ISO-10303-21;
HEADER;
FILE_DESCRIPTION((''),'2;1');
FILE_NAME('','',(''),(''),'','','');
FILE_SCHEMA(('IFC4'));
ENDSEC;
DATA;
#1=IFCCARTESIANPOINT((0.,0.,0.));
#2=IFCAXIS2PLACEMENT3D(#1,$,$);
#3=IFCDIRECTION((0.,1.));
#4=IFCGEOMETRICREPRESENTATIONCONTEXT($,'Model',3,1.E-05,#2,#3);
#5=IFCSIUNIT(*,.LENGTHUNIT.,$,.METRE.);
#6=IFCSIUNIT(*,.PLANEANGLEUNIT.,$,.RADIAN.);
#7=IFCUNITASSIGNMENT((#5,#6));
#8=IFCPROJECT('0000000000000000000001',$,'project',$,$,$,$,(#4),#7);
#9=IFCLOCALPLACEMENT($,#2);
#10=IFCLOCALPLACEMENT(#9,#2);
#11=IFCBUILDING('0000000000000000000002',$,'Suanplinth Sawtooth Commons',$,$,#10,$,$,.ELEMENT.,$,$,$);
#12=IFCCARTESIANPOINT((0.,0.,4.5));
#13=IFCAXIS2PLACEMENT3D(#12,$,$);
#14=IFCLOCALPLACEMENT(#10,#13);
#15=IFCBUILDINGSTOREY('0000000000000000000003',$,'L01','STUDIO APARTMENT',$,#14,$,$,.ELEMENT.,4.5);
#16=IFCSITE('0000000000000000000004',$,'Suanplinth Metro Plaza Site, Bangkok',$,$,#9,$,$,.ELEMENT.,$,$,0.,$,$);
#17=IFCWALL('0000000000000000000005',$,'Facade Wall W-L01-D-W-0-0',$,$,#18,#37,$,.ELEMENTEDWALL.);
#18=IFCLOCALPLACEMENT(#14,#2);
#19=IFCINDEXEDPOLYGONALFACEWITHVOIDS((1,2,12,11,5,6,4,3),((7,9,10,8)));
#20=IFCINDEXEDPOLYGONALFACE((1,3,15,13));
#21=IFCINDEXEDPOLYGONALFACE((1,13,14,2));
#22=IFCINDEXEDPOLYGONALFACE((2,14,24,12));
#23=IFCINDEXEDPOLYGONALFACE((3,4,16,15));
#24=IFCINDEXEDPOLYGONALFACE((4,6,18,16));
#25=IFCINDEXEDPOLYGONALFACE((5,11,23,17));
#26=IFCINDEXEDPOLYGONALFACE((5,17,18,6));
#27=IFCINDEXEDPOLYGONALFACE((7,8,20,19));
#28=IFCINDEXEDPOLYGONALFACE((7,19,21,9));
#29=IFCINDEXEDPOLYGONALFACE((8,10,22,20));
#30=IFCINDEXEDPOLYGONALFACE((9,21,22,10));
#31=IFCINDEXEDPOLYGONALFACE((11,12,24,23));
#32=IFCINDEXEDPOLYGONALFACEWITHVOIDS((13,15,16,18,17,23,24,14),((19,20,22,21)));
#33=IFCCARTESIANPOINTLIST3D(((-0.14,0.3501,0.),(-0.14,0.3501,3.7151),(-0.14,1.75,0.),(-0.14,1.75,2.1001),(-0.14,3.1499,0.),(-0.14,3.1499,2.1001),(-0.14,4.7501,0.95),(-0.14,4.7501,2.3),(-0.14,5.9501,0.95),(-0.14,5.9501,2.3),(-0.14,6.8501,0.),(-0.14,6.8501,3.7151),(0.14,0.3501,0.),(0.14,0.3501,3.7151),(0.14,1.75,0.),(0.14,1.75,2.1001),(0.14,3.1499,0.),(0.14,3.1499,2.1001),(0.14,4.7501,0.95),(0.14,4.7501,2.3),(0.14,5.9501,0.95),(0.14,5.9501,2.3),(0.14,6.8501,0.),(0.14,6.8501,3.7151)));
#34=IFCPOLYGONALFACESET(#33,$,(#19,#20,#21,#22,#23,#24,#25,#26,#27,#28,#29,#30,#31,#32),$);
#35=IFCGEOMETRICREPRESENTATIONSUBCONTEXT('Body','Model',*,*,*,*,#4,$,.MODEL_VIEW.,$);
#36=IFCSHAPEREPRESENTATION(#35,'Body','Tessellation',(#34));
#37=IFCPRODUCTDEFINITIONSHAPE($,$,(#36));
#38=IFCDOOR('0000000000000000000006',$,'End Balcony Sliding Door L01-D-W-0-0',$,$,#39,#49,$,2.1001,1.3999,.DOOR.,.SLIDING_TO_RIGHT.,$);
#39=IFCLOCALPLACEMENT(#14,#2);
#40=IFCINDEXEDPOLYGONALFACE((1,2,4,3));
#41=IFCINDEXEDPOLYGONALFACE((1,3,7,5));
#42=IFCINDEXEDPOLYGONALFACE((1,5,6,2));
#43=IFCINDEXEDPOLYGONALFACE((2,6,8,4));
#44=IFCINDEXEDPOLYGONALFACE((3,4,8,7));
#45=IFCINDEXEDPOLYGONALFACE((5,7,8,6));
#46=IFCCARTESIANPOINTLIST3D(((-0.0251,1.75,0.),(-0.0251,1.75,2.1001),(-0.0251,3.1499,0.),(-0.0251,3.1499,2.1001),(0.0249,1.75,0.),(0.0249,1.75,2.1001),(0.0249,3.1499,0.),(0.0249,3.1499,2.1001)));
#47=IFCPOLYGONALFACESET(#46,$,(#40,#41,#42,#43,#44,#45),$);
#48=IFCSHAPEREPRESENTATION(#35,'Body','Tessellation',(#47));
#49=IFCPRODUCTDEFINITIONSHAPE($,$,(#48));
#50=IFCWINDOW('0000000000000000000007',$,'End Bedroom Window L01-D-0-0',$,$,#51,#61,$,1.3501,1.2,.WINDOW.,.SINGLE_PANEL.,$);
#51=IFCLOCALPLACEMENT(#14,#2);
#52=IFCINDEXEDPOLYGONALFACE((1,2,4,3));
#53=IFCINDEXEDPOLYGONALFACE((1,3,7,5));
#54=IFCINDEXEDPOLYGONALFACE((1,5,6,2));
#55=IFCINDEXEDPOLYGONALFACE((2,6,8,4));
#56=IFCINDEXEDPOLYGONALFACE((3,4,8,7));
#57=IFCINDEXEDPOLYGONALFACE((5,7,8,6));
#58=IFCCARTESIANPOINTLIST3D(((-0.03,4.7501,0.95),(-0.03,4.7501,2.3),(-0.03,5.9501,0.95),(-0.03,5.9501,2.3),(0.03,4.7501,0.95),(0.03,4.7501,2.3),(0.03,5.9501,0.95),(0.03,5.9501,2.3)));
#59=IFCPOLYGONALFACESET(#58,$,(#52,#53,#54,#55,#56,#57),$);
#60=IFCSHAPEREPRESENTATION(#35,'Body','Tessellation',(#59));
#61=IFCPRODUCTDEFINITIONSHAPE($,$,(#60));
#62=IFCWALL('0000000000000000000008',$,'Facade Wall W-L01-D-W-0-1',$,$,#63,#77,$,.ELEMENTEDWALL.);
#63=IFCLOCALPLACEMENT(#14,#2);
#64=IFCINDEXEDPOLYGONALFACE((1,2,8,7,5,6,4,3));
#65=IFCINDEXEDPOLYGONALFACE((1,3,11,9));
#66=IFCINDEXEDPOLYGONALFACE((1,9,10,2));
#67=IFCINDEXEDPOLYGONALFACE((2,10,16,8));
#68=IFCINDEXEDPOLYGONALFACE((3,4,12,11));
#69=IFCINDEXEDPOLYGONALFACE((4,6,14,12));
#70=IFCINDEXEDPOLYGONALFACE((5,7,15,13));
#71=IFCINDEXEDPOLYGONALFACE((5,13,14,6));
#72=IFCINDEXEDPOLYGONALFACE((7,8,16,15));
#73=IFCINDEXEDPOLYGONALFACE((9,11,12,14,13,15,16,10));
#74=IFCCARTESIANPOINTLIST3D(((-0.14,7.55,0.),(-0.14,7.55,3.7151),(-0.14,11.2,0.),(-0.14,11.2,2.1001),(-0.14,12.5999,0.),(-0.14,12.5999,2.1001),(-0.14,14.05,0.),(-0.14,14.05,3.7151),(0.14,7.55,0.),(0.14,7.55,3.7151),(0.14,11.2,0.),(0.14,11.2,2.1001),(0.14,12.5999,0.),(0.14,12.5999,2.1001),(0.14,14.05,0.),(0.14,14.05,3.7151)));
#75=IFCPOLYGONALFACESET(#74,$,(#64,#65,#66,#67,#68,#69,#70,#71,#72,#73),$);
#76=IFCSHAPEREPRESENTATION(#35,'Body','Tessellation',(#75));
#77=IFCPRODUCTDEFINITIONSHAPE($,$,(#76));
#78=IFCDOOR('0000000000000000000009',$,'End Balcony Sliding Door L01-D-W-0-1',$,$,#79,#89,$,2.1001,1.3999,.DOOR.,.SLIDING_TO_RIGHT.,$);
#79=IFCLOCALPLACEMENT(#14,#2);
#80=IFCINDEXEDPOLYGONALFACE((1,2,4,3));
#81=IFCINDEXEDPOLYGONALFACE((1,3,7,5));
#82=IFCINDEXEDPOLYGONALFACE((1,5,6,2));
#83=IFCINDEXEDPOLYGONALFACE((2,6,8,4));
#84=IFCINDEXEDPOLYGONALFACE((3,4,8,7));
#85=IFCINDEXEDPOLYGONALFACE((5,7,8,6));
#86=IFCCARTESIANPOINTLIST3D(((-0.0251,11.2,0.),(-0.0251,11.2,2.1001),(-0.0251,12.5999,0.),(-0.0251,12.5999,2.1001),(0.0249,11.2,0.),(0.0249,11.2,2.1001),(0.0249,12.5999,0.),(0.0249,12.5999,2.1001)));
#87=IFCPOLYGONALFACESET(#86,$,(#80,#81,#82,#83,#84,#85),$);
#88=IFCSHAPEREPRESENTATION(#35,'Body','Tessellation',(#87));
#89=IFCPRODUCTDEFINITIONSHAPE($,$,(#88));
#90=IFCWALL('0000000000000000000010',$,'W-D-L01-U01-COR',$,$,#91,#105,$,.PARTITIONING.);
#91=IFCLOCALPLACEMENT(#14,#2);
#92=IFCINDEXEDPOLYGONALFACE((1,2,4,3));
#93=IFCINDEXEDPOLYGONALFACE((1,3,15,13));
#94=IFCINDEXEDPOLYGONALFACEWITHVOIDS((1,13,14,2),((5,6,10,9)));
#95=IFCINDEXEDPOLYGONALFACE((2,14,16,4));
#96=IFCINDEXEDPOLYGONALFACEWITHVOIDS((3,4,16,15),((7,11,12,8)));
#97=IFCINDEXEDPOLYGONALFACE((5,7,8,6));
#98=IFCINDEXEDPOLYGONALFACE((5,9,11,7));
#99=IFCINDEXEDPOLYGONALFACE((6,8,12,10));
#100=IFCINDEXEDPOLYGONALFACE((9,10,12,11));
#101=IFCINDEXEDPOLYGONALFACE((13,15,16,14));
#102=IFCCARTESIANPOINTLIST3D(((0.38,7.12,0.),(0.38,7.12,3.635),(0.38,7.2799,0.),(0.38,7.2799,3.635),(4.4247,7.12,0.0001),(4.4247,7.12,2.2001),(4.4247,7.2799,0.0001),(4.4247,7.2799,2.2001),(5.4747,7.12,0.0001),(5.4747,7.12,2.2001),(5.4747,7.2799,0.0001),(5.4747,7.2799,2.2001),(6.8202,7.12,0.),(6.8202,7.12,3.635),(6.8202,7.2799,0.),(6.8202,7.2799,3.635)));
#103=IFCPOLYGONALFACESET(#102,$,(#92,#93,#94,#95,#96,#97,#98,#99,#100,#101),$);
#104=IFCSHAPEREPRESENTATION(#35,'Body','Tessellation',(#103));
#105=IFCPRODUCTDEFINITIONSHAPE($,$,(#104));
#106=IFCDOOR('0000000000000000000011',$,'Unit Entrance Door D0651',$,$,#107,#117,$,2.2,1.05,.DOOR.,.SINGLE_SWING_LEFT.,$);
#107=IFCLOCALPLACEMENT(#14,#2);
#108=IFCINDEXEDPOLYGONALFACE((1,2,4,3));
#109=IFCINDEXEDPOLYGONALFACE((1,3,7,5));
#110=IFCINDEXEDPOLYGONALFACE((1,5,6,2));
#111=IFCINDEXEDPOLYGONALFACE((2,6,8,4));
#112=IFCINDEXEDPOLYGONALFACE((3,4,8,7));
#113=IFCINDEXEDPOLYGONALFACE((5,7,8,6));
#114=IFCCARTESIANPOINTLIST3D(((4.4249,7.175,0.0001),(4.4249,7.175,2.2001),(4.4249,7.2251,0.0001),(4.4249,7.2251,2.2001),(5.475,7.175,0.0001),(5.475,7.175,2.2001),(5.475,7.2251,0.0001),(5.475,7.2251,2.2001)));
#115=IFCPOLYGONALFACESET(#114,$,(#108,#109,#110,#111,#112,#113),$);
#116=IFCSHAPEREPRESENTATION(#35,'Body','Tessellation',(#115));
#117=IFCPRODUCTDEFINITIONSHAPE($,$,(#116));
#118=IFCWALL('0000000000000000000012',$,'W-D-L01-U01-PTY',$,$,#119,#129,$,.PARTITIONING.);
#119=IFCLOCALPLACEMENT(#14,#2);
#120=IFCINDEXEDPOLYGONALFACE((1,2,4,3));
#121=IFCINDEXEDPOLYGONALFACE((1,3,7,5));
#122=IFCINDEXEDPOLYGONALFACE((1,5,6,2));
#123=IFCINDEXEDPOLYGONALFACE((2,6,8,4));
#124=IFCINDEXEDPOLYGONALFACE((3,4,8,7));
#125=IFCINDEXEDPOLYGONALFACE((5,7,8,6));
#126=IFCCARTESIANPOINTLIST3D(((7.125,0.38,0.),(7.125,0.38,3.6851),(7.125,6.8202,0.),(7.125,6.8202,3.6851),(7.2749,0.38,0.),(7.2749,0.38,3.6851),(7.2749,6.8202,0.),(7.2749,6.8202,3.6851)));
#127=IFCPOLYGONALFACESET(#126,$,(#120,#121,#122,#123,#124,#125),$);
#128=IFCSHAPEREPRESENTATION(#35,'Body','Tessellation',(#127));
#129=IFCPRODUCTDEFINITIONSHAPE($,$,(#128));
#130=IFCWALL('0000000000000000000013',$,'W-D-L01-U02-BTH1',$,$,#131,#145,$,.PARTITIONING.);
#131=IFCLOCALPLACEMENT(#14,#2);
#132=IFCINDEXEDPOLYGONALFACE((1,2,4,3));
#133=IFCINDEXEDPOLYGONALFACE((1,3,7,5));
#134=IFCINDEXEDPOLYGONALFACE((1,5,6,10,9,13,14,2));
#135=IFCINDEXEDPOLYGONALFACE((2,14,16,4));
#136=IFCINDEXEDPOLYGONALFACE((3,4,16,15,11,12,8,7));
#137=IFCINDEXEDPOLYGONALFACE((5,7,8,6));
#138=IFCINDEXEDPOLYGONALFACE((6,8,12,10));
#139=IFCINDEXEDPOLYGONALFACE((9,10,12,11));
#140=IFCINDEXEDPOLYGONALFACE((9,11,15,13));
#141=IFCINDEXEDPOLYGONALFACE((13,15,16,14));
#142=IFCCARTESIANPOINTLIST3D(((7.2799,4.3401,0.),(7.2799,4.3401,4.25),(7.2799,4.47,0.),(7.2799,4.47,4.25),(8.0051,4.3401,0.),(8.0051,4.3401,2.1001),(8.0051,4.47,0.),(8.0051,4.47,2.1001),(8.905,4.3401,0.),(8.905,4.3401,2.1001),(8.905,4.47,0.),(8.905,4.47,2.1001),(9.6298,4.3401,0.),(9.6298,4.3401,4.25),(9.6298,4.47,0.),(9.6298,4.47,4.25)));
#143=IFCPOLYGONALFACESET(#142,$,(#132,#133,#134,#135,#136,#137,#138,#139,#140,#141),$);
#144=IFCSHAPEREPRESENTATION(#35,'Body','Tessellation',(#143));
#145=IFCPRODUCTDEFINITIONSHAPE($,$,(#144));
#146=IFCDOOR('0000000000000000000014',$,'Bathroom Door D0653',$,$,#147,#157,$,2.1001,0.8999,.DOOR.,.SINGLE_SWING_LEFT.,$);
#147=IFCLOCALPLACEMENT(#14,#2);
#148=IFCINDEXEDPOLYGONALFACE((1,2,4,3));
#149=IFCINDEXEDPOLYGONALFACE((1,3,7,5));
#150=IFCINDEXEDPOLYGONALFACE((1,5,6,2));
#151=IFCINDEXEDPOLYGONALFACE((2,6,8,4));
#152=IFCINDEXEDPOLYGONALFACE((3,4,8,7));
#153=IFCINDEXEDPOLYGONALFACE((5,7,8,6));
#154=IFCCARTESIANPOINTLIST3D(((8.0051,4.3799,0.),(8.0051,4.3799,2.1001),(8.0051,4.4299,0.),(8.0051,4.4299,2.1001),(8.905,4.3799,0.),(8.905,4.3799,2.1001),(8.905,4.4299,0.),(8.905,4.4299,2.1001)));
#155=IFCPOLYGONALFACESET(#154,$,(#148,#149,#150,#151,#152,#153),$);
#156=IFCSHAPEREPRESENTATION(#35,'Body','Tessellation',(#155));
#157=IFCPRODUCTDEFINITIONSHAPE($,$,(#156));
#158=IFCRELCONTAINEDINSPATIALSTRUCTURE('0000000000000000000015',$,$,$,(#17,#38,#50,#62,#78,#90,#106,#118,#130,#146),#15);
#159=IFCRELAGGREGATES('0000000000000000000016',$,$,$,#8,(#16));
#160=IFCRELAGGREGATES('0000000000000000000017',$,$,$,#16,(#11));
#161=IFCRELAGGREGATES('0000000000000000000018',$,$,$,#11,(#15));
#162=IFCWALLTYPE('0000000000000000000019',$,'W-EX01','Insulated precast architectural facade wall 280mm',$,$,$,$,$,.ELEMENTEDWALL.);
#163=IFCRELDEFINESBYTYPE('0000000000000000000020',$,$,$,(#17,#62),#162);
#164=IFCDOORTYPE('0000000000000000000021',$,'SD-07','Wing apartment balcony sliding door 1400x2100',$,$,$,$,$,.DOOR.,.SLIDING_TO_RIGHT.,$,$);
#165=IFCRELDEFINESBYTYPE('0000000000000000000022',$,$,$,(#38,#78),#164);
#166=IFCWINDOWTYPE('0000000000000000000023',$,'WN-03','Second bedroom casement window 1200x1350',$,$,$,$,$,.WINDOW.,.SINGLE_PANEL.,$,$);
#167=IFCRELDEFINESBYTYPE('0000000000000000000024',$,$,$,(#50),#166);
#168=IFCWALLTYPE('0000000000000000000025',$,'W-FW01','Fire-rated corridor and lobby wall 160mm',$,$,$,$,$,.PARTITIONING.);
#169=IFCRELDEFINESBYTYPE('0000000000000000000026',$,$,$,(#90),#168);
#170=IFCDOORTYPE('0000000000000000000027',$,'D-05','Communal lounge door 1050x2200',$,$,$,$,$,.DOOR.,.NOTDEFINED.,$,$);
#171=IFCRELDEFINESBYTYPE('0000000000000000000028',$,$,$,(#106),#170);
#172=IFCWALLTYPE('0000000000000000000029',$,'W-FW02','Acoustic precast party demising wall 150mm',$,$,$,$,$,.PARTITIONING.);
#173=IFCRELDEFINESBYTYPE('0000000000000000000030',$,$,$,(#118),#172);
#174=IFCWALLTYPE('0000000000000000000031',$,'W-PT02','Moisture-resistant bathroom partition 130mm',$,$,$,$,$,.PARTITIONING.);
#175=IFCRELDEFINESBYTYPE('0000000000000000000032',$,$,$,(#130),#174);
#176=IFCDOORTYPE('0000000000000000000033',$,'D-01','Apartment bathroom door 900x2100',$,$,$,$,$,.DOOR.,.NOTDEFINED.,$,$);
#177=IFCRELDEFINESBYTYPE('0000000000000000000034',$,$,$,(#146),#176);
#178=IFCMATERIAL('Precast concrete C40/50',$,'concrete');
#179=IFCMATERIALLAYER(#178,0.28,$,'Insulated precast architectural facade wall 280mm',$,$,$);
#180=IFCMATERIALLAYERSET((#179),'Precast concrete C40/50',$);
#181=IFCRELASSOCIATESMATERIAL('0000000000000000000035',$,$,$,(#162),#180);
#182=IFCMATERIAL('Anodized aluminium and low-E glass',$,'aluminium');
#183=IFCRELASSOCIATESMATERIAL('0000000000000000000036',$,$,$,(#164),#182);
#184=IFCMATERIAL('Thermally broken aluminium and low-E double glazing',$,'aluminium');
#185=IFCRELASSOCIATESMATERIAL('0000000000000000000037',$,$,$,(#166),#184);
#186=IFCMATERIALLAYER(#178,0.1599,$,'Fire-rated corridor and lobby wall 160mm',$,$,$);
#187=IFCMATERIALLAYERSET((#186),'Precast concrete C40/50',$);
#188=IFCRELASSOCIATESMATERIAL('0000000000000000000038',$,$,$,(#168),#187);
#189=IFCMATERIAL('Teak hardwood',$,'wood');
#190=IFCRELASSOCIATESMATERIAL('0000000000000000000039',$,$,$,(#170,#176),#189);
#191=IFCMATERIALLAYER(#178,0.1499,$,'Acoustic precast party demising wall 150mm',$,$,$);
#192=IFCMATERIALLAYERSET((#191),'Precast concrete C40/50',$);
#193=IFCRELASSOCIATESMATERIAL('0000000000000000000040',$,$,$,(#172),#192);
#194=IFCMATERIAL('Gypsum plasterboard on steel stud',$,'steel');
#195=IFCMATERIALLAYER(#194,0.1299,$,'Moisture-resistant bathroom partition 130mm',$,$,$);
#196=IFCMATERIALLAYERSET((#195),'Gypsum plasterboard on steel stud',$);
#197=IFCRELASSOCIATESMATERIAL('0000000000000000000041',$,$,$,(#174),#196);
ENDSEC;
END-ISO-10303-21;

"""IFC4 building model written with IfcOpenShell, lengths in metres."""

from ifc_helpers import new_model, si_unit, direction, frame, frame_2d, origin, place, context, subcontext, project, spatial, rectangle, extrude, material, layer, layer_set, type_object, element, fill, save


model = new_model("IFC4")

# Units and contexts
model_context = context("Model", 3, precision=1e-05, world=origin(), true_north=direction((0.0, 1.0)))
body_context = subcontext(model_context, "Body", "Model", "MODEL_VIEW")
ifc_project = project(units=[si_unit("LENGTHUNIT", "METRE"), si_unit("PLANEANGLEUNIT", "RADIAN")], contexts=[model_context])

# Site, building, storey
site_placement = place(None, origin())
site = spatial("IfcSite", under=ifc_project, at=site_placement, Name="Suanplinth Metro Plaza Site, Bangkok", CompositionType="ELEMENT", RefElevation=0.0)
building_placement = place(site_placement, origin())
building = spatial("IfcBuilding", under=site, at=building_placement, Name="Suanplinth Sawtooth Commons", CompositionType="ELEMENT")
storey_placement = place(building_placement, frame((0.0, 0.0, 4.5)))
storey = spatial("IfcBuildingStorey", under=building, at=storey_placement, Name="L01", Description="STUDIO APARTMENT", CompositionType="ELEMENT", Elevation=4.5)

# Shared definitions
ifc_material_1 = material(Name="Precast concrete C40/50", Category="concrete")

# Wall, openings, door, window
ifc_layer_1 = layer(ifc_material_1, 0.28, Name="Insulated precast architectural facade wall 280mm")
ifc_layer_set_1 = layer_set([ifc_layer_1], Name="Precast concrete C40/50")
wall_type_1 = type_object("IfcWallType", Name="W-EX01", Description="Insulated precast architectural facade wall 280mm", PredefinedType="ELEMENTEDWALL", material=ifc_layer_set_1)
ifc_material_2 = material(Name="Anodized aluminium and low-E glass", Category="aluminium")
ifc_material_3 = material(Name="Thermally broken aluminium and low-E double glazing", Category="aluminium")
wall_1_placement = place(storey_placement, frame((0.0, 0.3501, 0.0), z_axis=(0.0, 0.0, 1.0), x_axis=(0.0, 1.0, 0.0)))
wall_1 = element("IfcWall", 1, at=wall_1_placement, inside=storey, type_object=wall_type_1, Name="Facade Wall W-L01-D-W-0-0", PredefinedType="ELEMENTEDWALL", context=body_context, shape_type="SweptSolid", body=[
    extrude(rectangle(XDim=6.5, YDim=0.28, at=frame_2d((3.25, 0.0))), origin(), (0.0, 0.0, 1.0), 3.7151),
])
opening_1_placement = place(wall_1_placement, frame((1.3999, 0.0, 0.0)))
opening_1 = element("IfcOpeningElement", 2, at=opening_1_placement, cuts=wall_1, PredefinedType="OPENING", context=body_context, shape_type="SweptSolid", body=[
    extrude(rectangle(XDim=1.3999, YDim=2.1001, at=frame_2d((0.7, 1.05))), frame((0.0, 0.1548, 0.0), z_axis=(0.0, -1.0, 0.0), x_axis=(1.0, 0.0, 0.0)), (0.0, 0.0, 1.0), 0.3098),
])
opening_2_placement = place(wall_1_placement, frame((4.3999, 0.0, 0.95)))
opening_2 = element("IfcOpeningElement", 3, at=opening_2_placement, cuts=wall_1, PredefinedType="OPENING", context=body_context, shape_type="SweptSolid", body=[
    extrude(rectangle(XDim=1.2, YDim=1.3501, at=frame_2d((0.6001, 0.675))), frame((0.0, 0.1548, 0.0), z_axis=(0.0, -1.0, 0.0), x_axis=(1.0, 0.0, 0.0)), (0.0, 0.0, 1.0), 0.3098),
])
door_type_1 = type_object("IfcDoorType", Name="SD-07", Description="Wing apartment balcony sliding door 1400x2100", OperationType="SLIDING_TO_RIGHT", PredefinedType="DOOR", material=ifc_material_2)
door_1_placement = place(opening_1_placement, frame((1.3999, 0.0, 0.0), z_axis=(0.0, 0.0, 1.0), x_axis=(-1.0, 0.0, 0.0)))
door_1 = element("IfcDoor", 4, at=door_1_placement, inside=storey, type_object=door_type_1, Name="End Balcony Sliding Door L01-D-W-0-0", OperationType="SLIDING_TO_RIGHT", OverallHeight=2.1001, OverallWidth=1.3999, PredefinedType="DOOR", context=body_context, shape_type="SweptSolid", body=[
    extrude(rectangle(XDim=1.3999, YDim=2.1001, at=frame_2d((0.7, 1.05))), frame((0.0, 0.0249, 0.0), z_axis=(0.0, -1.0, 0.0), x_axis=(1.0, 0.0, 0.0)), (0.0, 0.0, 1.0), 0.05),
])
fill(opening_1, door_1)
window_type_1 = type_object("IfcWindowType", Name="WN-03", Description="Second bedroom casement window 1200x1350", PartitioningType="SINGLE_PANEL", PredefinedType="WINDOW", material=ifc_material_3)
window_1_placement = place(opening_2_placement, origin())
window_1 = element("IfcWindow", 5, at=window_1_placement, inside=storey, type_object=window_type_1, Name="End Bedroom Window L01-D-0-0", OverallHeight=1.3501, OverallWidth=1.2, PartitioningType="SINGLE_PANEL", PredefinedType="WINDOW", context=body_context, shape_type="SweptSolid", body=[
    extrude(rectangle(XDim=1.2, YDim=1.3501, at=frame_2d((0.6001, 0.675))), frame((0.0, 0.03, 0.0), z_axis=(0.0, -1.0, 0.0), x_axis=(1.0, 0.0, 0.0)), (0.0, 0.0, 1.0), 0.0601),
])
fill(opening_2, window_1)

# Wall, opening, door
wall_2_placement = place(storey_placement, frame((0.0, 7.55, 0.0), z_axis=(0.0, 0.0, 1.0), x_axis=(0.0, 1.0, 0.0)))
wall_2 = element("IfcWall", 6, at=wall_2_placement, inside=storey, type_object=wall_type_1, Name="Facade Wall W-L01-D-W-0-1", PredefinedType="ELEMENTEDWALL", context=body_context, shape_type="SweptSolid", body=[
    extrude(rectangle(XDim=6.5, YDim=0.28, at=frame_2d((3.25, 0.0))), origin(), (0.0, 0.0, 1.0), 3.7151),
])
opening_3_placement = place(wall_2_placement, frame((3.6499, 0.0, 0.0)))
opening_3 = element("IfcOpeningElement", 7, at=opening_3_placement, cuts=wall_2, PredefinedType="OPENING", context=body_context, shape_type="SweptSolid", body=[
    extrude(rectangle(XDim=1.3999, YDim=2.1001, at=frame_2d((0.7, 1.05))), frame((0.0, 0.1548, 0.0), z_axis=(0.0, -1.0, 0.0), x_axis=(1.0, 0.0, 0.0)), (0.0, 0.0, 1.0), 0.3098),
])
door_2_placement = place(opening_3_placement, frame((1.3999, 0.0, 0.0), z_axis=(0.0, 0.0, 1.0), x_axis=(-1.0, 0.0, 0.0)))
door_2 = element("IfcDoor", 8, at=door_2_placement, inside=storey, type_object=door_type_1, Name="End Balcony Sliding Door L01-D-W-0-1", OperationType="SLIDING_TO_RIGHT", OverallHeight=2.1001, OverallWidth=1.3999, PredefinedType="DOOR", context=body_context, shape_type="SweptSolid", body=[
    extrude(rectangle(XDim=1.3999, YDim=2.1001, at=frame_2d((0.7, 1.05))), frame((0.0, 0.0249, 0.0), z_axis=(0.0, -1.0, 0.0), x_axis=(1.0, 0.0, 0.0)), (0.0, 0.0, 1.0), 0.05),
])
fill(opening_3, door_2)

# Wall, opening, door
ifc_layer_2 = layer(ifc_material_1, 0.1599, Name="Fire-rated corridor and lobby wall 160mm")
ifc_layer_set_2 = layer_set([ifc_layer_2], Name="Precast concrete C40/50")
wall_type_2 = type_object("IfcWallType", Name="W-FW01", Description="Fire-rated corridor and lobby wall 160mm", PredefinedType="PARTITIONING", material=ifc_layer_set_2)
wall_3_placement = place(storey_placement, frame((0.3799, 7.2, 0.0), z_axis=(0.0, 0.0, 1.0), x_axis=(1.0, 0.0, 0.0)))
wall_3 = element("IfcWall", 9, at=wall_3_placement, inside=storey, type_object=wall_type_2, Name="W-D-L01-U01-COR", PredefinedType="PARTITIONING", context=body_context, shape_type="SweptSolid", body=[
    extrude(rectangle(XDim=6.4402, YDim=0.1599, at=frame_2d((3.2202, 0.0))), origin(), (0.0, 0.0, 1.0), 3.635),
])
opening_4_placement = place(wall_3_placement, frame((4.0449, 0.0, 0.0)))
opening_4 = element("IfcOpeningElement", 10, at=opening_4_placement, cuts=wall_3, PredefinedType="OPENING", context=body_context, shape_type="SweptSolid", body=[
    extrude(rectangle(XDim=1.05, YDim=2.2, at=frame_2d((0.5249, 1.1001))), frame((0.0, 0.0947, 0.0), z_axis=(0.0, -1.0, 0.0), x_axis=(1.0, 0.0, 0.0)), (0.0, 0.0, 1.0), 0.1897),
])
ifc_material_4 = material(Name="Teak hardwood", Category="wood")
door_type_2 = type_object("IfcDoorType", Name="D-05", Description="Communal lounge door 1050x2200", OperationType="NOTDEFINED", PredefinedType="DOOR", material=ifc_material_4)
door_3_placement = place(opening_4_placement, frame((1.05, 0.0, 0.0), z_axis=(0.0, 0.0, 1.0), x_axis=(-1.0, 0.0, 0.0)))
door_3 = element("IfcDoor", 11, at=door_3_placement, inside=storey, type_object=door_type_2, Name="Unit Entrance Door D0651", OperationType="SINGLE_SWING_LEFT", OverallHeight=2.2, OverallWidth=1.05, PredefinedType="DOOR", context=body_context, shape_type="SweptSolid", body=[
    extrude(rectangle(XDim=1.05, YDim=2.2, at=frame_2d((0.5249, 1.1001))), frame((0.0, 0.0249, 0.0), z_axis=(0.0, -1.0, 0.0), x_axis=(1.0, 0.0, 0.0)), (0.0, 0.0, 1.0), 0.05),
])
fill(opening_4, door_3)

# Wall
ifc_layer_3 = layer(ifc_material_1, 0.1499, Name="Acoustic precast party demising wall 150mm")
ifc_layer_set_3 = layer_set([ifc_layer_3], Name="Precast concrete C40/50")
wall_type_3 = type_object("IfcWallType", Name="W-FW02", Description="Acoustic precast party demising wall 150mm", PredefinedType="PARTITIONING", material=ifc_layer_set_3)
wall_4_placement = place(storey_placement, frame((7.2, 0.3799, 0.0), z_axis=(0.0, 0.0, 1.0), x_axis=(0.0, 1.0, 0.0)))
element("IfcWall", 12, at=wall_4_placement, inside=storey, type_object=wall_type_3, Name="W-D-L01-U01-PTY", PredefinedType="PARTITIONING", context=body_context, shape_type="SweptSolid", body=[
    extrude(rectangle(XDim=6.4402, YDim=0.1499, at=frame_2d((3.2202, 0.0))), origin(), (0.0, 0.0, 1.0), 3.6851),
])

# Wall, opening, door
ifc_material_5 = material(Name="Gypsum plasterboard on steel stud", Category="steel")
ifc_layer_4 = layer(ifc_material_5, 0.1299, Name="Moisture-resistant bathroom partition 130mm")
ifc_layer_set_4 = layer_set([ifc_layer_4], Name="Gypsum plasterboard on steel stud")
wall_type_4 = type_object("IfcWallType", Name="W-PT02", Description="Moisture-resistant bathroom partition 130mm", PredefinedType="PARTITIONING", material=ifc_layer_set_4)
wall_5_placement = place(storey_placement, frame((7.28, 4.405, 0.0), z_axis=(0.0, 0.0, 1.0), x_axis=(1.0, 0.0, 0.0)))
wall_5 = element("IfcWall", 13, at=wall_5_placement, inside=storey, type_object=wall_type_4, Name="W-D-L01-U02-BTH1", PredefinedType="PARTITIONING", context=body_context, shape_type="SweptSolid", body=[
    extrude(rectangle(XDim=2.3499, YDim=0.1299, at=frame_2d((1.1748, 0.0))), origin(), (0.0, 0.0, 1.0), 4.25),
])
opening_5_placement = place(wall_5_placement, frame((0.7251, 0.0, 0.0)))
opening_5 = element("IfcOpeningElement", 14, at=opening_5_placement, cuts=wall_5, PredefinedType="OPENING", context=body_context, shape_type="SweptSolid", body=[
    extrude(rectangle(XDim=0.8999, YDim=2.1001, at=frame_2d((0.45, 1.05))), frame((0.0, 0.0798, 0.0), z_axis=(0.0, -1.0, 0.0), x_axis=(1.0, 0.0, 0.0)), (0.0, 0.0, 1.0), 0.1597),
])
door_type_3 = type_object("IfcDoorType", Name="D-01", Description="Apartment bathroom door 900x2100", OperationType="NOTDEFINED", PredefinedType="DOOR", material=ifc_material_4)
door_4_placement = place(opening_5_placement, origin())
door_4 = element("IfcDoor", 15, at=door_4_placement, inside=storey, type_object=door_type_3, Name="Bathroom Door D0653", OperationType="SINGLE_SWING_LEFT", OverallHeight=2.1001, OverallWidth=0.8999, PredefinedType="DOOR", context=body_context, shape_type="SweptSolid", body=[
    extrude(rectangle(XDim=0.8999, YDim=2.1001, at=frame_2d((0.45, 1.05))), frame((0.0, 0.0249, 0.0), z_axis=(0.0, -1.0, 0.0), x_axis=(1.0, 0.0, 0.0)), (0.0, 0.0, 1.0), 0.05),
])
fill(opening_5, door_4)

save(model, "model.ifc")
